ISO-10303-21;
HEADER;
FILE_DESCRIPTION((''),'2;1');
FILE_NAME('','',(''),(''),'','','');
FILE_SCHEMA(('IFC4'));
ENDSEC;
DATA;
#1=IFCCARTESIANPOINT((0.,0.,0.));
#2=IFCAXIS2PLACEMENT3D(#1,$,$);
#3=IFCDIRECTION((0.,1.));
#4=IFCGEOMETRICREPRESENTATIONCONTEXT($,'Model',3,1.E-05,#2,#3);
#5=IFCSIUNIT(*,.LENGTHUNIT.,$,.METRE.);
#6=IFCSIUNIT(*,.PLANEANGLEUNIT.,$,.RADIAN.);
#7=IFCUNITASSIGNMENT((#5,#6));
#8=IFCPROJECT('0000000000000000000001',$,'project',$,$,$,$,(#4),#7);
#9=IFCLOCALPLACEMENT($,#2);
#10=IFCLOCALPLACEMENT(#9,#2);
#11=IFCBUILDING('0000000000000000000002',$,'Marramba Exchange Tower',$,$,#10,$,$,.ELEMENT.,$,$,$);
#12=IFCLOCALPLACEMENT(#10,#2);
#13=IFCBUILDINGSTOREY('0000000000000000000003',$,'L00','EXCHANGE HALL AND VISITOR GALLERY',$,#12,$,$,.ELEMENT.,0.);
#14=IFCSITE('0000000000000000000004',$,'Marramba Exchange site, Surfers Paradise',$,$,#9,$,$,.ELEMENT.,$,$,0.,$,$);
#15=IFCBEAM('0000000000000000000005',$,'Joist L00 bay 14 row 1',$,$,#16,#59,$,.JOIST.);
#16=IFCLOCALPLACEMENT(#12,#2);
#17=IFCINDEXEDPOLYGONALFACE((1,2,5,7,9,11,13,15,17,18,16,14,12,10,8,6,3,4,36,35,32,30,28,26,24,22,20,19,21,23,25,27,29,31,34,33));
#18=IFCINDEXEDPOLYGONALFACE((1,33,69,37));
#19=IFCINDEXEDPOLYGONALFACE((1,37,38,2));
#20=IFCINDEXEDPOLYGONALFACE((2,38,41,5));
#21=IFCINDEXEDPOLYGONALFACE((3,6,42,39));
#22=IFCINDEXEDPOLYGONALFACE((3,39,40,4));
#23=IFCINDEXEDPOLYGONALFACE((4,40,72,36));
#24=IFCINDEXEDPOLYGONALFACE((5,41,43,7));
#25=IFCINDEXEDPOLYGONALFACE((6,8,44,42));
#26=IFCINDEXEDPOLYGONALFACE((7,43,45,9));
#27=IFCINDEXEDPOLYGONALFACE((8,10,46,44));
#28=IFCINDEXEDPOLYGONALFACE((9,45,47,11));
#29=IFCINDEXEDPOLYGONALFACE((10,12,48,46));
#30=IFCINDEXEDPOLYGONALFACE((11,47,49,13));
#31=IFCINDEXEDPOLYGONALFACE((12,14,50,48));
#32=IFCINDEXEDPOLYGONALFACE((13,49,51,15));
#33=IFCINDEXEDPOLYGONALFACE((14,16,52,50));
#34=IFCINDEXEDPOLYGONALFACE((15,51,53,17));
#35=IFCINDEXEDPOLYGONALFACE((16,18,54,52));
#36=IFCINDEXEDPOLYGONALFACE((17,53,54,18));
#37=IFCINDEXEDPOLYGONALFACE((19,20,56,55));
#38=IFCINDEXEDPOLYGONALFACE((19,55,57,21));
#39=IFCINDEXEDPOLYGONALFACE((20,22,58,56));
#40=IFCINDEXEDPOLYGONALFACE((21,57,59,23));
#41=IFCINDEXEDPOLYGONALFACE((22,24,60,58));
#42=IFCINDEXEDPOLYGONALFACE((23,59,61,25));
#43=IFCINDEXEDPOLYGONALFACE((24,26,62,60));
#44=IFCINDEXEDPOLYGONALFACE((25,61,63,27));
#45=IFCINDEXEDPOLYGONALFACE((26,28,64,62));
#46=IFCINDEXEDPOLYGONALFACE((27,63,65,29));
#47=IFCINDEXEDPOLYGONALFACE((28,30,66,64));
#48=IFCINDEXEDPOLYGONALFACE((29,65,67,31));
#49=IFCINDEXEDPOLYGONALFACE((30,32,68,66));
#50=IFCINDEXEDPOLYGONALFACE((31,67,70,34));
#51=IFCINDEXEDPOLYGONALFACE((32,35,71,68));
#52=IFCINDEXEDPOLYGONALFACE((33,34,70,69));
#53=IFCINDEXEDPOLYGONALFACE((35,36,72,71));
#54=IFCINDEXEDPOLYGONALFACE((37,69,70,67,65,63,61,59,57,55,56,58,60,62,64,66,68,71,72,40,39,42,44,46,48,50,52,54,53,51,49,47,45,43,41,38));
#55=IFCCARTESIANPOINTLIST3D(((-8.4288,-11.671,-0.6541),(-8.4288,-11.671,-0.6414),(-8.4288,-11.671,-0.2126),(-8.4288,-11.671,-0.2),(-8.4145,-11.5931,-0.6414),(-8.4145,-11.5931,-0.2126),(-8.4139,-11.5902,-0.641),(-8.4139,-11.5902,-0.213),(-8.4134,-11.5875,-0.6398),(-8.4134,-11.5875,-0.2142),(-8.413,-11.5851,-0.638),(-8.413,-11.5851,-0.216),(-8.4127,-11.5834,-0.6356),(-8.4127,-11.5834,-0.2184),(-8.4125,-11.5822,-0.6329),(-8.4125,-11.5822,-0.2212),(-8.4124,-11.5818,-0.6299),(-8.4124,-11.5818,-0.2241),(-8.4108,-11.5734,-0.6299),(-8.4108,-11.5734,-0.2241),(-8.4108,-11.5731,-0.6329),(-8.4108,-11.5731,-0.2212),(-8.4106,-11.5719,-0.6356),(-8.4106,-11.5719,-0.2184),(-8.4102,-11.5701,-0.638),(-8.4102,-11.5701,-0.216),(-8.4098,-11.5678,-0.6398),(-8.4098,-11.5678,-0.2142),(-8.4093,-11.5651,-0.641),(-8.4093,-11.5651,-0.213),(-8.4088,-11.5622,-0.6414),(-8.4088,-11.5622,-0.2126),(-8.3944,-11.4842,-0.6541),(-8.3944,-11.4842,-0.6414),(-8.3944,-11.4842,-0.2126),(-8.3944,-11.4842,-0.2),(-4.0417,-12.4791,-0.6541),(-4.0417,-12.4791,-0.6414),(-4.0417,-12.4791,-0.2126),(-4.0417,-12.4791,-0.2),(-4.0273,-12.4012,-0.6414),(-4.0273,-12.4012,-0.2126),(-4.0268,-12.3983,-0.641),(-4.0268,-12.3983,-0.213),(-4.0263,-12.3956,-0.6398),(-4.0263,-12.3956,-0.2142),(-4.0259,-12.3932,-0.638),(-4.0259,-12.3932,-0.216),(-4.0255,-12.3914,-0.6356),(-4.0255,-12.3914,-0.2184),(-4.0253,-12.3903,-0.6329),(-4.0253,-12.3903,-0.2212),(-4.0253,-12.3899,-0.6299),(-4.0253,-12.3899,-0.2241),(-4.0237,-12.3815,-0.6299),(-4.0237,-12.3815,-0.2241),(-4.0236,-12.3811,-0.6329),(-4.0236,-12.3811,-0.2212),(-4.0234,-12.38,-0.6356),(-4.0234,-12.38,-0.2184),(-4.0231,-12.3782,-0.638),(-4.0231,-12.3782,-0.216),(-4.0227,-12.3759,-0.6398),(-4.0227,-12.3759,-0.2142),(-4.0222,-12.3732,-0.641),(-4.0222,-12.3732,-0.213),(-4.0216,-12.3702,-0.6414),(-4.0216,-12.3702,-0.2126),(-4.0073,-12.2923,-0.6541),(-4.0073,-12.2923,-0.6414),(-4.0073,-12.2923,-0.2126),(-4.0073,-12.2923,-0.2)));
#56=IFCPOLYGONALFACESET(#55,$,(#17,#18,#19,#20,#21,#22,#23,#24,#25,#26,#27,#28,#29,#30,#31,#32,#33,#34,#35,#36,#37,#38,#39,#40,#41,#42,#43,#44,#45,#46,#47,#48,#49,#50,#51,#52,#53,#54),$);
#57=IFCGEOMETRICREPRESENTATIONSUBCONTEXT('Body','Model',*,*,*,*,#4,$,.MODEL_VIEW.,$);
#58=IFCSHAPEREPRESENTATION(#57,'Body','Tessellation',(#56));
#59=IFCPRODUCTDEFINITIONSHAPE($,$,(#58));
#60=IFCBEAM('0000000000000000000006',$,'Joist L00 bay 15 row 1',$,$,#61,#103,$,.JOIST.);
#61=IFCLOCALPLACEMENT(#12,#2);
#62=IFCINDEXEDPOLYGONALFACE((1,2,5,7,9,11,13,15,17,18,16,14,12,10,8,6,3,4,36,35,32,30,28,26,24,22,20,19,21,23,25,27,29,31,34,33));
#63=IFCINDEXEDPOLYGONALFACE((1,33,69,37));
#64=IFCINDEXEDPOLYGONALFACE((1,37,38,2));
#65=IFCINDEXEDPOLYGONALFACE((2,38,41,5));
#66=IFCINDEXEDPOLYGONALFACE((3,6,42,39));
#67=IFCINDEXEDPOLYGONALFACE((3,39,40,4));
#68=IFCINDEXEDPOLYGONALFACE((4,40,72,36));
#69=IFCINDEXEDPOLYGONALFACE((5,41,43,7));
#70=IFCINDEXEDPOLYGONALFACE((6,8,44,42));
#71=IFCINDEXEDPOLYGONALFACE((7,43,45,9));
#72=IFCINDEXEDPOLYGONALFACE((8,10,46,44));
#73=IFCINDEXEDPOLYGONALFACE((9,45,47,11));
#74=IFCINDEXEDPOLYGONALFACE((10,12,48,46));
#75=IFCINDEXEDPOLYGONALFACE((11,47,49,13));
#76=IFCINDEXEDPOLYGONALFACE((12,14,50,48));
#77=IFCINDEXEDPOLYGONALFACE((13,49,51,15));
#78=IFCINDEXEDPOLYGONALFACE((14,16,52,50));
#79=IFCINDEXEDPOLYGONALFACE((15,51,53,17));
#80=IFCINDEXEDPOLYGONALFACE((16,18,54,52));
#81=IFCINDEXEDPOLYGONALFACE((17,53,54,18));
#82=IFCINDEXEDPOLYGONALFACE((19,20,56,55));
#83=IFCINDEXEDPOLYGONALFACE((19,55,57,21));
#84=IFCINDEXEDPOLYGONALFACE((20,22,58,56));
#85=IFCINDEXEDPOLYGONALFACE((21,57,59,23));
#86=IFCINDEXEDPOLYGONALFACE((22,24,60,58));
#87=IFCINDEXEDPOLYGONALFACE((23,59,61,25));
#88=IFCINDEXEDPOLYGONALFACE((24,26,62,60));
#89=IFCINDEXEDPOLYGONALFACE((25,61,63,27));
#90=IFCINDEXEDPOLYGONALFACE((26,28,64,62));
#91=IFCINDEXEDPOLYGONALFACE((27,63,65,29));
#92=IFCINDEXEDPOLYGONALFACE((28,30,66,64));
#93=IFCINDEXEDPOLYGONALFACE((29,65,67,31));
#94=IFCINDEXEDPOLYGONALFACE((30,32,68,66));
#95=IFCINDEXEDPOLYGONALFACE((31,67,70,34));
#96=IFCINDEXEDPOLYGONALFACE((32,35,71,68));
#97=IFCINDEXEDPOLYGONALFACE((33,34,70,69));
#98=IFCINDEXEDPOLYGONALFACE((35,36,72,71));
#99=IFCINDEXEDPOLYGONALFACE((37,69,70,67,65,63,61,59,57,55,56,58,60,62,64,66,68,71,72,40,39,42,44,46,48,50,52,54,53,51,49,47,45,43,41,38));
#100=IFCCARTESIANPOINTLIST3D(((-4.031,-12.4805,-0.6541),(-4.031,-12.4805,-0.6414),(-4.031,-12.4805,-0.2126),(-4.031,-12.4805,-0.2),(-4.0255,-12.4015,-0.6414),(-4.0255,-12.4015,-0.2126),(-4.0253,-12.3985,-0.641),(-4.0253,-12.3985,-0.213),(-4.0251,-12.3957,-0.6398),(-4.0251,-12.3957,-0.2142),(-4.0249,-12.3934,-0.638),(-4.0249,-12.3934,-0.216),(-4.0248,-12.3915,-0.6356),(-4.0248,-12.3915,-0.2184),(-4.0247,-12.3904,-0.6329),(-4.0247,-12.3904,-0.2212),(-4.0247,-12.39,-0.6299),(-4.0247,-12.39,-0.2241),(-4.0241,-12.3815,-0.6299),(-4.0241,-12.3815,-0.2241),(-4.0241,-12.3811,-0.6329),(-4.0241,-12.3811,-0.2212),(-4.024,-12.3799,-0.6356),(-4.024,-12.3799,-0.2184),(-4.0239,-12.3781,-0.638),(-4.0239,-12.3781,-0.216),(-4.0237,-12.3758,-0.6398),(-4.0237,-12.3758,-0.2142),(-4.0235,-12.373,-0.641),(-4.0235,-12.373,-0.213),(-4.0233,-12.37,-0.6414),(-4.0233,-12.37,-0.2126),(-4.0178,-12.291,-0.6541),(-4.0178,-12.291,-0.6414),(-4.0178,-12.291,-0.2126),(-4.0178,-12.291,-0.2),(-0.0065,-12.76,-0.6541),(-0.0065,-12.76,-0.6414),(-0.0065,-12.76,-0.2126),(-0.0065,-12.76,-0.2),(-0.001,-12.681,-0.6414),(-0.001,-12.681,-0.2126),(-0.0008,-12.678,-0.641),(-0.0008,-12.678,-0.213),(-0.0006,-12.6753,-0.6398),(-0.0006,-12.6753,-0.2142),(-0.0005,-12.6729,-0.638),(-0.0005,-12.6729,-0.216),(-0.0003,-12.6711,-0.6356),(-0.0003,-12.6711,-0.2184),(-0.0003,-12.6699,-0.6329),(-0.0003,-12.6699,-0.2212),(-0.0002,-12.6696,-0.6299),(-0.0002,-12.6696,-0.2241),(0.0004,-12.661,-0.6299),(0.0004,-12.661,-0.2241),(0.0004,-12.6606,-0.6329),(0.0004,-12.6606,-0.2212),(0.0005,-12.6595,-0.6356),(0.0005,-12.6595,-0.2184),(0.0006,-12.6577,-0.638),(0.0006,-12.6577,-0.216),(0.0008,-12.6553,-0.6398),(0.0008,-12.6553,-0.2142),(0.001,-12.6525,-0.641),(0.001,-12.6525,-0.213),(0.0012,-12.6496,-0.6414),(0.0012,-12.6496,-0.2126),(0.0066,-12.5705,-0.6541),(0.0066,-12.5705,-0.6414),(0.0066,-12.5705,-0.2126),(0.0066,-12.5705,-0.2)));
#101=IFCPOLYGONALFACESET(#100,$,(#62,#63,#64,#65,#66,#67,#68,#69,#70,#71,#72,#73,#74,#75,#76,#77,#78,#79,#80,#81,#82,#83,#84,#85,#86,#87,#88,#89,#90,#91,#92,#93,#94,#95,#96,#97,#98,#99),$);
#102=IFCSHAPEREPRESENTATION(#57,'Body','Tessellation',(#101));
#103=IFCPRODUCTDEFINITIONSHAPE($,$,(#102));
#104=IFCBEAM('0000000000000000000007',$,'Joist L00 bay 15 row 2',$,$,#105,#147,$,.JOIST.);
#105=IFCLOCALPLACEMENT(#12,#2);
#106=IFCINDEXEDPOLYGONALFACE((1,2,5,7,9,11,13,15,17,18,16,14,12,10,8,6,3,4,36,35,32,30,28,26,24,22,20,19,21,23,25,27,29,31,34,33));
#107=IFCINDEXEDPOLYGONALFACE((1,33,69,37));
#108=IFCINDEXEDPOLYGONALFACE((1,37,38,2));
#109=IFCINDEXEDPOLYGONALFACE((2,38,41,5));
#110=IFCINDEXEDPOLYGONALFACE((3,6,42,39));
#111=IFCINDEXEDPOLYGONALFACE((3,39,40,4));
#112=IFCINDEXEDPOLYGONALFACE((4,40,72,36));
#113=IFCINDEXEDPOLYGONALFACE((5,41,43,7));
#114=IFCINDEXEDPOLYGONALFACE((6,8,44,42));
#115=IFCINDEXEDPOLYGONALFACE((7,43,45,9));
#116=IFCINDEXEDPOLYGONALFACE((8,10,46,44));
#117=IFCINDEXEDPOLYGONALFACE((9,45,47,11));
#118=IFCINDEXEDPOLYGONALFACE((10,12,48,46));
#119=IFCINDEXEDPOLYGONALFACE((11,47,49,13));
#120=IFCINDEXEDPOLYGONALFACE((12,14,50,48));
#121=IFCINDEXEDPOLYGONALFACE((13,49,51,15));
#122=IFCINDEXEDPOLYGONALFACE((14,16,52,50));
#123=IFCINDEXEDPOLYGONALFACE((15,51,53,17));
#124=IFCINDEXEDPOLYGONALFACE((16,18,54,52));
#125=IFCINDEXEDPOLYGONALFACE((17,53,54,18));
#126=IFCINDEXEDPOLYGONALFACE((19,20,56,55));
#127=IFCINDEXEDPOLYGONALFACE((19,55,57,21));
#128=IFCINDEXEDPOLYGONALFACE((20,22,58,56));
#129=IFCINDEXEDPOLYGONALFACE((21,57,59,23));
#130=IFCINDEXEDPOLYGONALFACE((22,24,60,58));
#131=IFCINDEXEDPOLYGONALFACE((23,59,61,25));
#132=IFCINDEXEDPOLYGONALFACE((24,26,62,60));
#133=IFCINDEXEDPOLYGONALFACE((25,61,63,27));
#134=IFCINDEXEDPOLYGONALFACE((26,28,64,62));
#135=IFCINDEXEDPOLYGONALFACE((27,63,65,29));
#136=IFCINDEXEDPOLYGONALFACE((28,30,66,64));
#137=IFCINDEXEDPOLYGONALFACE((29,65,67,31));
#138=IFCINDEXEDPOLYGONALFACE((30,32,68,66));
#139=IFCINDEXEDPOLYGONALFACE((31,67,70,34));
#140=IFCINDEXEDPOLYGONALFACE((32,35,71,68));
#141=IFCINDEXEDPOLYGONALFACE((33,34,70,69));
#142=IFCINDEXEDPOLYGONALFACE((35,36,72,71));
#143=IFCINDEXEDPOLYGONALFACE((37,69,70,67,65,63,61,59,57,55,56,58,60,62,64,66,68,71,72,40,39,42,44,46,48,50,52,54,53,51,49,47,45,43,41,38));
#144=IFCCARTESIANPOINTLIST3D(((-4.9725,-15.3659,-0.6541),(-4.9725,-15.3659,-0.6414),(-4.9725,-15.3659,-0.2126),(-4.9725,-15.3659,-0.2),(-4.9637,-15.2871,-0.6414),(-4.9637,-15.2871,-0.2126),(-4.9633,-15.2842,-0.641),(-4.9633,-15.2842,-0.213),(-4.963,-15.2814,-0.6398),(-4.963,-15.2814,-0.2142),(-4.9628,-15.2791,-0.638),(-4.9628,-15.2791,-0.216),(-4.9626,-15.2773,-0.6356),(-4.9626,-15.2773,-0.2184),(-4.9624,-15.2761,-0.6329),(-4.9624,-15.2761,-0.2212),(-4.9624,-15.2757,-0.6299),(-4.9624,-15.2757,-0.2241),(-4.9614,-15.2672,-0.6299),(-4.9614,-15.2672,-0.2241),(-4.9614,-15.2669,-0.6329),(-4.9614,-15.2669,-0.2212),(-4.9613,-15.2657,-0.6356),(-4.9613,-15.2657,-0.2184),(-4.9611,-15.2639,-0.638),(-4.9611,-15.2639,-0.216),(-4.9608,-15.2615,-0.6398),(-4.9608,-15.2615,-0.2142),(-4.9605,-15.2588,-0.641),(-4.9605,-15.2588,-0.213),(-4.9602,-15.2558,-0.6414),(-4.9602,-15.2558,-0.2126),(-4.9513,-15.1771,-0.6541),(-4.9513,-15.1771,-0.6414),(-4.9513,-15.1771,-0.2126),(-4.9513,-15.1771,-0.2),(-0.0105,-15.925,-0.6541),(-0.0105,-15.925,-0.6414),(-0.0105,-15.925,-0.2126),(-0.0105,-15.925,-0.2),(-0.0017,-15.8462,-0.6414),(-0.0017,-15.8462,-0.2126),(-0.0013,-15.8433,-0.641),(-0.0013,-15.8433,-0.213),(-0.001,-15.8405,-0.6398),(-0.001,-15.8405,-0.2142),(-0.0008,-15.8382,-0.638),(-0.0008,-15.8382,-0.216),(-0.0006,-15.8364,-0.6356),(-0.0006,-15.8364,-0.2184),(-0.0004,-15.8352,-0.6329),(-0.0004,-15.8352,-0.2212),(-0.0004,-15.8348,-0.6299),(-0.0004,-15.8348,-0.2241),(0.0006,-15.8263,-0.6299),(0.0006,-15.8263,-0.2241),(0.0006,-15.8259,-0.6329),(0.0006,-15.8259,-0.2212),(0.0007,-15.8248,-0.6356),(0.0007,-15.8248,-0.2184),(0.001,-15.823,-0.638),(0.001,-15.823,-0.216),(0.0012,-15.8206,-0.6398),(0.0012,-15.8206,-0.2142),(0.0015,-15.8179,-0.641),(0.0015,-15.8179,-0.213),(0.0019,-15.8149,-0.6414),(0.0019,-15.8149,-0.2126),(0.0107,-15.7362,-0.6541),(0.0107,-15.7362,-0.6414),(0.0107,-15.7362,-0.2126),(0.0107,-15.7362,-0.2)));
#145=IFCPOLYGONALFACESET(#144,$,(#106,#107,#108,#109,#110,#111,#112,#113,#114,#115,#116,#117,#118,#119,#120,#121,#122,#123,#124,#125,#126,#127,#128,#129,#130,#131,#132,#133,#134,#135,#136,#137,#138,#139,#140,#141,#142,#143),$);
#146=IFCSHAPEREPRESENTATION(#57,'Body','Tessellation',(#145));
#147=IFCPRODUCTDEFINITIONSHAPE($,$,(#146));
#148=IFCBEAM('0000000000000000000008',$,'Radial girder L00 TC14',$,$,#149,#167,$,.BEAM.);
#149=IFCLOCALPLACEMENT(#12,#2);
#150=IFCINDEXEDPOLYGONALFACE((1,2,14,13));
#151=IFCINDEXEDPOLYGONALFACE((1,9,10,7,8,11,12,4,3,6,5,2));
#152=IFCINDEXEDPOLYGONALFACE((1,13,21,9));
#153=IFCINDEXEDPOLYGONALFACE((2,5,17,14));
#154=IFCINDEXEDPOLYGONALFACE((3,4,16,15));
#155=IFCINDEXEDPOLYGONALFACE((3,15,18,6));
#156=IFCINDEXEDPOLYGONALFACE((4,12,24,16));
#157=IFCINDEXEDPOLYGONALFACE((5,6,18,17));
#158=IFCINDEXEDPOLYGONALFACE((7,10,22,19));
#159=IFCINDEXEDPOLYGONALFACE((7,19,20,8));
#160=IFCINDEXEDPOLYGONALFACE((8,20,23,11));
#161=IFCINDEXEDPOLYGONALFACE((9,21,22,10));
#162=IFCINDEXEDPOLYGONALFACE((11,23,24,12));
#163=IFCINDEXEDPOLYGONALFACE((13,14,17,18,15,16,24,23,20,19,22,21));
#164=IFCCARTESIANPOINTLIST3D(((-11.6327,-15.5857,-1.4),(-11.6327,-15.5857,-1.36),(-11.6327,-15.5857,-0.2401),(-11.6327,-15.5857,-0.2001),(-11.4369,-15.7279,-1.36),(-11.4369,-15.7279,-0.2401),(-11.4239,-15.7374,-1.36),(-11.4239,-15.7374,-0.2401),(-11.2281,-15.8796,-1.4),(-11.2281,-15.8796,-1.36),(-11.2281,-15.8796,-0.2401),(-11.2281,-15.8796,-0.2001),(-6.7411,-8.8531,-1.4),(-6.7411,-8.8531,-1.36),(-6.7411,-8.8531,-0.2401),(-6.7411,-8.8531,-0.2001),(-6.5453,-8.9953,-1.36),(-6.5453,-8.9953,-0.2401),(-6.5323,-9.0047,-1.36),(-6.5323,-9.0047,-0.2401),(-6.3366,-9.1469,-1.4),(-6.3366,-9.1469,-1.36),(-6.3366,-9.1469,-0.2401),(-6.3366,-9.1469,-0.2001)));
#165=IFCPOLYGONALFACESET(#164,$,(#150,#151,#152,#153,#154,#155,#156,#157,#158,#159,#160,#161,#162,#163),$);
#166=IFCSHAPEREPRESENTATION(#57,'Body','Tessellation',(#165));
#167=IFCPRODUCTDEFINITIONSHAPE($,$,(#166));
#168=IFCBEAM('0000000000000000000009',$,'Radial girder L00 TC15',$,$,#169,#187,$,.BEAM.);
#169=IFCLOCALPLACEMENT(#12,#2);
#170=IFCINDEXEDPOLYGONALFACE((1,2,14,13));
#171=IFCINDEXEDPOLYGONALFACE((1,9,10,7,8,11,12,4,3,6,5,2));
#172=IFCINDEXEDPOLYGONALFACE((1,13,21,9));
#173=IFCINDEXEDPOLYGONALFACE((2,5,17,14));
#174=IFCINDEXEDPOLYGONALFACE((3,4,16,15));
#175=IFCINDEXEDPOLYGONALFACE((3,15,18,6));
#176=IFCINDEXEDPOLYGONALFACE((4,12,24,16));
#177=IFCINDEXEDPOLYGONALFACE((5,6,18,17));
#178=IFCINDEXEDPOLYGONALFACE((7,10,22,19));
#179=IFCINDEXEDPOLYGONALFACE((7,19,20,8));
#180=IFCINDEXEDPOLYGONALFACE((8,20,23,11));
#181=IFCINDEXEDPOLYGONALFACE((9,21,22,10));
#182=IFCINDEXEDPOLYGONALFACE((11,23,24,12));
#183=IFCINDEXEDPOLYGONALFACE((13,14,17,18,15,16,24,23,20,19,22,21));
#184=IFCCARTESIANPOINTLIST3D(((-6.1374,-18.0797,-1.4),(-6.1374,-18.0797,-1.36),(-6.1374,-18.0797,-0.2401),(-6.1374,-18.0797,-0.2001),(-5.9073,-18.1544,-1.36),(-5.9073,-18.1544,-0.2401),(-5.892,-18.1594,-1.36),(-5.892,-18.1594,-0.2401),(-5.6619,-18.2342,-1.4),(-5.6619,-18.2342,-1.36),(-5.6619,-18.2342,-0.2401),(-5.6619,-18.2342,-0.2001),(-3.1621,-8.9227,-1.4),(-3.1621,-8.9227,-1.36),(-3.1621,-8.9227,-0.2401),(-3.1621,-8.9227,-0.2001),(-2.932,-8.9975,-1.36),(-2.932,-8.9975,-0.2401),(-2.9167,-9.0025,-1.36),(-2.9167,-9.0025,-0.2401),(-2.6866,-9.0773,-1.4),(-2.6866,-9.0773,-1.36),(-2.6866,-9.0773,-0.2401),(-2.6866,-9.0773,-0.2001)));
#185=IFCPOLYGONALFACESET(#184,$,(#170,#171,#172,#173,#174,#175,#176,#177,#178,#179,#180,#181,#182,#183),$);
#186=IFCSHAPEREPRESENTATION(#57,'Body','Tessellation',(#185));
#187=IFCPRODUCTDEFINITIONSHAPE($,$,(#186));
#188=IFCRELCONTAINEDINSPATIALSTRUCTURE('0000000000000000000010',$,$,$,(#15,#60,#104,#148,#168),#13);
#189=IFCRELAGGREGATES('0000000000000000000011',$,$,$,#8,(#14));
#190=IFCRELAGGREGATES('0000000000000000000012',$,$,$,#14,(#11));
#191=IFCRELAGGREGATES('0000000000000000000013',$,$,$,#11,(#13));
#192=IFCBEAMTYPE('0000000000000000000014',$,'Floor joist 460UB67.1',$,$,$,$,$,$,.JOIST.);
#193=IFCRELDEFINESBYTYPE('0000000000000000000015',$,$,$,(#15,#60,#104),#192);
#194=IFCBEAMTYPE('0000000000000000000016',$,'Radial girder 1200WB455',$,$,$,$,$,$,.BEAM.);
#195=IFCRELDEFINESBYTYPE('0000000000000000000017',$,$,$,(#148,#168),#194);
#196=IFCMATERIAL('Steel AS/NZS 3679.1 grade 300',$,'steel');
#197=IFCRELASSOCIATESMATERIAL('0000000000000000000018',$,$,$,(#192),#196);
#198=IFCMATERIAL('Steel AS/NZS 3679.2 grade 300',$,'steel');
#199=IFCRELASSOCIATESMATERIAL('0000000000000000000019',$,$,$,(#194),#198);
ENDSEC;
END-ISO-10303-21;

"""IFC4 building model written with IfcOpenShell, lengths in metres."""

from ifc_helpers import new_model, si_unit, direction, frame, origin, origin_2d, place, context, subcontext, project, spatial, i_section, extrude, material, material_profile, profile_set, type_object, element, save


model = new_model("IFC4")

# Units and contexts
model_context = context("Model", 3, precision=1e-05, world=origin(), true_north=direction((0.0, 1.0)))
body_context = subcontext(model_context, "Body", "Model", "MODEL_VIEW")
ifc_project = project(units=[si_unit("LENGTHUNIT", "METRE"), si_unit("PLANEANGLEUNIT", "RADIAN")], contexts=[model_context])

# Site, building, storey
site_placement = place(None, origin())
site = spatial("IfcSite", under=ifc_project, at=site_placement, Name="Marramba Exchange site, Surfers Paradise", CompositionType="ELEMENT", RefElevation=0.0)
building_placement = place(site_placement, origin())
building = spatial("IfcBuilding", under=site, at=building_placement, Name="Marramba Exchange Tower", CompositionType="ELEMENT")
storey_placement = place(building_placement, origin())
storey = spatial("IfcBuildingStorey", under=building, at=storey_placement, Name="L00", Description="EXCHANGE HALL AND VISITOR GALLERY", CompositionType="ELEMENT", Elevation=0.0)

# Beams
ifc_material_1 = material(Name="Steel AS/NZS 3679.1 grade 300", Category="steel")
ifc_material_profile_1 = material_profile(ifc_material_1, i_section(OverallWidth=0.1899, OverallDepth=0.4541, WebThickness=0.0085, FlangeThickness=0.0127, FilletRadius=0.0115, at=origin_2d()), Name="460UB67.1")
ifc_profile_set_1 = profile_set([ifc_material_profile_1], Name="Steel AS/NZS 3679.1 grade 300")
beam_type_1 = type_object("IfcBeamType", Name="Floor joist 460UB67.1", PredefinedType="JOIST", material=ifc_profile_set_1)
beam_1_placement = place(storey_placement, frame((-8.4116, -11.5776, -0.427), z_axis=(0.983456, -0.181149, 0.0), x_axis=(0.181149, 0.983456, 0.0)))
element("IfcBeam", 1, at=beam_1_placement, inside=storey, type_object=beam_type_1, Name="Joist L00 bay 14 row 1", PredefinedType="JOIST", context=body_context, shape_type="SweptSolid", body=[
    extrude(i_section(OverallWidth=0.1899, OverallDepth=0.4541, WebThickness=0.0085, FlangeThickness=0.0127, FilletRadius=0.0115, at=origin_2d()), origin(), (0.0, 0.0, 1.0), 4.4609),
])
beam_2_placement = place(storey_placement, frame((-4.0244, -12.3857, -0.427), z_axis=(0.997596, -0.069294, 0.0), x_axis=(0.069294, 0.997596, 0.0)))
element("IfcBeam", 2, at=beam_2_placement, inside=storey, type_object=beam_type_1, Name="Joist L00 bay 15 row 1", PredefinedType="JOIST", context=body_context, shape_type="SweptSolid", body=[
    extrude(i_section(OverallWidth=0.1899, OverallDepth=0.4541, WebThickness=0.0085, FlangeThickness=0.0127, FilletRadius=0.0115, at=origin_2d()), origin(), (0.0, 0.0, 1.0), 4.0342),
])
beam_3_placement = place(storey_placement, frame((-4.9619, -15.2715, -0.427), z_axis=(0.993712, -0.111966, 0.0), x_axis=(0.111966, 0.993712, 0.0)))
element("IfcBeam", 3, at=beam_3_placement, inside=storey, type_object=beam_type_1, Name="Joist L00 bay 15 row 2", PredefinedType="JOIST", context=body_context, shape_type="SweptSolid", body=[
    extrude(i_section(OverallWidth=0.1899, OverallDepth=0.4541, WebThickness=0.0085, FlangeThickness=0.0127, FilletRadius=0.0115, at=origin_2d()), origin(), (0.0, 0.0, 1.0), 4.9934),
])
ifc_material_2 = material(Name="Steel AS/NZS 3679.2 grade 300", Category="steel")
ifc_material_profile_2 = material_profile(ifc_material_2, i_section(OverallWidth=0.5, OverallDepth=1.2, WebThickness=0.0161, FlangeThickness=0.04, at=origin_2d()), Name="1200WB455")
ifc_profile_set_2 = profile_set([ifc_material_profile_2], Name="Steel AS/NZS 3679.2 grade 300")
beam_type_2 = type_object("IfcBeamType", Name="Radial girder 1200WB455", PredefinedType="BEAM", material=ifc_profile_set_2)
beam_4_placement = place(storey_placement, frame((-6.5388, -9.0, -0.8), z_axis=(-0.587788, -0.809015, 0.0), x_axis=(0.809015, -0.587788, 0.0)))
element("IfcBeam", 4, at=beam_4_placement, inside=storey, type_object=beam_type_2, Name="Radial girder L00 TC14", PredefinedType="BEAM", context=body_context, shape_type="SweptSolid", body=[
    extrude(i_section(OverallWidth=0.5, OverallDepth=1.2, WebThickness=0.0161, FlangeThickness=0.04, at=origin_2d()), origin(), (0.0, 0.0, 1.0), 8.322),
])
beam_5_placement = place(storey_placement, frame((-2.9243, -9.0, -0.8), z_axis=(-0.309022, -0.951055, 0.0), x_axis=(0.951055, -0.309022, 0.0)))
element("IfcBeam", 5, at=beam_5_placement, inside=storey, type_object=beam_type_2, Name="Radial girder L00 TC15", PredefinedType="BEAM", context=body_context, shape_type="SweptSolid", body=[
    extrude(i_section(OverallWidth=0.5, OverallDepth=1.2, WebThickness=0.0161, FlangeThickness=0.04, at=origin_2d()), origin(), (0.0, 0.0, 1.0), 9.6282),
])

save(model, "model.ifc")
